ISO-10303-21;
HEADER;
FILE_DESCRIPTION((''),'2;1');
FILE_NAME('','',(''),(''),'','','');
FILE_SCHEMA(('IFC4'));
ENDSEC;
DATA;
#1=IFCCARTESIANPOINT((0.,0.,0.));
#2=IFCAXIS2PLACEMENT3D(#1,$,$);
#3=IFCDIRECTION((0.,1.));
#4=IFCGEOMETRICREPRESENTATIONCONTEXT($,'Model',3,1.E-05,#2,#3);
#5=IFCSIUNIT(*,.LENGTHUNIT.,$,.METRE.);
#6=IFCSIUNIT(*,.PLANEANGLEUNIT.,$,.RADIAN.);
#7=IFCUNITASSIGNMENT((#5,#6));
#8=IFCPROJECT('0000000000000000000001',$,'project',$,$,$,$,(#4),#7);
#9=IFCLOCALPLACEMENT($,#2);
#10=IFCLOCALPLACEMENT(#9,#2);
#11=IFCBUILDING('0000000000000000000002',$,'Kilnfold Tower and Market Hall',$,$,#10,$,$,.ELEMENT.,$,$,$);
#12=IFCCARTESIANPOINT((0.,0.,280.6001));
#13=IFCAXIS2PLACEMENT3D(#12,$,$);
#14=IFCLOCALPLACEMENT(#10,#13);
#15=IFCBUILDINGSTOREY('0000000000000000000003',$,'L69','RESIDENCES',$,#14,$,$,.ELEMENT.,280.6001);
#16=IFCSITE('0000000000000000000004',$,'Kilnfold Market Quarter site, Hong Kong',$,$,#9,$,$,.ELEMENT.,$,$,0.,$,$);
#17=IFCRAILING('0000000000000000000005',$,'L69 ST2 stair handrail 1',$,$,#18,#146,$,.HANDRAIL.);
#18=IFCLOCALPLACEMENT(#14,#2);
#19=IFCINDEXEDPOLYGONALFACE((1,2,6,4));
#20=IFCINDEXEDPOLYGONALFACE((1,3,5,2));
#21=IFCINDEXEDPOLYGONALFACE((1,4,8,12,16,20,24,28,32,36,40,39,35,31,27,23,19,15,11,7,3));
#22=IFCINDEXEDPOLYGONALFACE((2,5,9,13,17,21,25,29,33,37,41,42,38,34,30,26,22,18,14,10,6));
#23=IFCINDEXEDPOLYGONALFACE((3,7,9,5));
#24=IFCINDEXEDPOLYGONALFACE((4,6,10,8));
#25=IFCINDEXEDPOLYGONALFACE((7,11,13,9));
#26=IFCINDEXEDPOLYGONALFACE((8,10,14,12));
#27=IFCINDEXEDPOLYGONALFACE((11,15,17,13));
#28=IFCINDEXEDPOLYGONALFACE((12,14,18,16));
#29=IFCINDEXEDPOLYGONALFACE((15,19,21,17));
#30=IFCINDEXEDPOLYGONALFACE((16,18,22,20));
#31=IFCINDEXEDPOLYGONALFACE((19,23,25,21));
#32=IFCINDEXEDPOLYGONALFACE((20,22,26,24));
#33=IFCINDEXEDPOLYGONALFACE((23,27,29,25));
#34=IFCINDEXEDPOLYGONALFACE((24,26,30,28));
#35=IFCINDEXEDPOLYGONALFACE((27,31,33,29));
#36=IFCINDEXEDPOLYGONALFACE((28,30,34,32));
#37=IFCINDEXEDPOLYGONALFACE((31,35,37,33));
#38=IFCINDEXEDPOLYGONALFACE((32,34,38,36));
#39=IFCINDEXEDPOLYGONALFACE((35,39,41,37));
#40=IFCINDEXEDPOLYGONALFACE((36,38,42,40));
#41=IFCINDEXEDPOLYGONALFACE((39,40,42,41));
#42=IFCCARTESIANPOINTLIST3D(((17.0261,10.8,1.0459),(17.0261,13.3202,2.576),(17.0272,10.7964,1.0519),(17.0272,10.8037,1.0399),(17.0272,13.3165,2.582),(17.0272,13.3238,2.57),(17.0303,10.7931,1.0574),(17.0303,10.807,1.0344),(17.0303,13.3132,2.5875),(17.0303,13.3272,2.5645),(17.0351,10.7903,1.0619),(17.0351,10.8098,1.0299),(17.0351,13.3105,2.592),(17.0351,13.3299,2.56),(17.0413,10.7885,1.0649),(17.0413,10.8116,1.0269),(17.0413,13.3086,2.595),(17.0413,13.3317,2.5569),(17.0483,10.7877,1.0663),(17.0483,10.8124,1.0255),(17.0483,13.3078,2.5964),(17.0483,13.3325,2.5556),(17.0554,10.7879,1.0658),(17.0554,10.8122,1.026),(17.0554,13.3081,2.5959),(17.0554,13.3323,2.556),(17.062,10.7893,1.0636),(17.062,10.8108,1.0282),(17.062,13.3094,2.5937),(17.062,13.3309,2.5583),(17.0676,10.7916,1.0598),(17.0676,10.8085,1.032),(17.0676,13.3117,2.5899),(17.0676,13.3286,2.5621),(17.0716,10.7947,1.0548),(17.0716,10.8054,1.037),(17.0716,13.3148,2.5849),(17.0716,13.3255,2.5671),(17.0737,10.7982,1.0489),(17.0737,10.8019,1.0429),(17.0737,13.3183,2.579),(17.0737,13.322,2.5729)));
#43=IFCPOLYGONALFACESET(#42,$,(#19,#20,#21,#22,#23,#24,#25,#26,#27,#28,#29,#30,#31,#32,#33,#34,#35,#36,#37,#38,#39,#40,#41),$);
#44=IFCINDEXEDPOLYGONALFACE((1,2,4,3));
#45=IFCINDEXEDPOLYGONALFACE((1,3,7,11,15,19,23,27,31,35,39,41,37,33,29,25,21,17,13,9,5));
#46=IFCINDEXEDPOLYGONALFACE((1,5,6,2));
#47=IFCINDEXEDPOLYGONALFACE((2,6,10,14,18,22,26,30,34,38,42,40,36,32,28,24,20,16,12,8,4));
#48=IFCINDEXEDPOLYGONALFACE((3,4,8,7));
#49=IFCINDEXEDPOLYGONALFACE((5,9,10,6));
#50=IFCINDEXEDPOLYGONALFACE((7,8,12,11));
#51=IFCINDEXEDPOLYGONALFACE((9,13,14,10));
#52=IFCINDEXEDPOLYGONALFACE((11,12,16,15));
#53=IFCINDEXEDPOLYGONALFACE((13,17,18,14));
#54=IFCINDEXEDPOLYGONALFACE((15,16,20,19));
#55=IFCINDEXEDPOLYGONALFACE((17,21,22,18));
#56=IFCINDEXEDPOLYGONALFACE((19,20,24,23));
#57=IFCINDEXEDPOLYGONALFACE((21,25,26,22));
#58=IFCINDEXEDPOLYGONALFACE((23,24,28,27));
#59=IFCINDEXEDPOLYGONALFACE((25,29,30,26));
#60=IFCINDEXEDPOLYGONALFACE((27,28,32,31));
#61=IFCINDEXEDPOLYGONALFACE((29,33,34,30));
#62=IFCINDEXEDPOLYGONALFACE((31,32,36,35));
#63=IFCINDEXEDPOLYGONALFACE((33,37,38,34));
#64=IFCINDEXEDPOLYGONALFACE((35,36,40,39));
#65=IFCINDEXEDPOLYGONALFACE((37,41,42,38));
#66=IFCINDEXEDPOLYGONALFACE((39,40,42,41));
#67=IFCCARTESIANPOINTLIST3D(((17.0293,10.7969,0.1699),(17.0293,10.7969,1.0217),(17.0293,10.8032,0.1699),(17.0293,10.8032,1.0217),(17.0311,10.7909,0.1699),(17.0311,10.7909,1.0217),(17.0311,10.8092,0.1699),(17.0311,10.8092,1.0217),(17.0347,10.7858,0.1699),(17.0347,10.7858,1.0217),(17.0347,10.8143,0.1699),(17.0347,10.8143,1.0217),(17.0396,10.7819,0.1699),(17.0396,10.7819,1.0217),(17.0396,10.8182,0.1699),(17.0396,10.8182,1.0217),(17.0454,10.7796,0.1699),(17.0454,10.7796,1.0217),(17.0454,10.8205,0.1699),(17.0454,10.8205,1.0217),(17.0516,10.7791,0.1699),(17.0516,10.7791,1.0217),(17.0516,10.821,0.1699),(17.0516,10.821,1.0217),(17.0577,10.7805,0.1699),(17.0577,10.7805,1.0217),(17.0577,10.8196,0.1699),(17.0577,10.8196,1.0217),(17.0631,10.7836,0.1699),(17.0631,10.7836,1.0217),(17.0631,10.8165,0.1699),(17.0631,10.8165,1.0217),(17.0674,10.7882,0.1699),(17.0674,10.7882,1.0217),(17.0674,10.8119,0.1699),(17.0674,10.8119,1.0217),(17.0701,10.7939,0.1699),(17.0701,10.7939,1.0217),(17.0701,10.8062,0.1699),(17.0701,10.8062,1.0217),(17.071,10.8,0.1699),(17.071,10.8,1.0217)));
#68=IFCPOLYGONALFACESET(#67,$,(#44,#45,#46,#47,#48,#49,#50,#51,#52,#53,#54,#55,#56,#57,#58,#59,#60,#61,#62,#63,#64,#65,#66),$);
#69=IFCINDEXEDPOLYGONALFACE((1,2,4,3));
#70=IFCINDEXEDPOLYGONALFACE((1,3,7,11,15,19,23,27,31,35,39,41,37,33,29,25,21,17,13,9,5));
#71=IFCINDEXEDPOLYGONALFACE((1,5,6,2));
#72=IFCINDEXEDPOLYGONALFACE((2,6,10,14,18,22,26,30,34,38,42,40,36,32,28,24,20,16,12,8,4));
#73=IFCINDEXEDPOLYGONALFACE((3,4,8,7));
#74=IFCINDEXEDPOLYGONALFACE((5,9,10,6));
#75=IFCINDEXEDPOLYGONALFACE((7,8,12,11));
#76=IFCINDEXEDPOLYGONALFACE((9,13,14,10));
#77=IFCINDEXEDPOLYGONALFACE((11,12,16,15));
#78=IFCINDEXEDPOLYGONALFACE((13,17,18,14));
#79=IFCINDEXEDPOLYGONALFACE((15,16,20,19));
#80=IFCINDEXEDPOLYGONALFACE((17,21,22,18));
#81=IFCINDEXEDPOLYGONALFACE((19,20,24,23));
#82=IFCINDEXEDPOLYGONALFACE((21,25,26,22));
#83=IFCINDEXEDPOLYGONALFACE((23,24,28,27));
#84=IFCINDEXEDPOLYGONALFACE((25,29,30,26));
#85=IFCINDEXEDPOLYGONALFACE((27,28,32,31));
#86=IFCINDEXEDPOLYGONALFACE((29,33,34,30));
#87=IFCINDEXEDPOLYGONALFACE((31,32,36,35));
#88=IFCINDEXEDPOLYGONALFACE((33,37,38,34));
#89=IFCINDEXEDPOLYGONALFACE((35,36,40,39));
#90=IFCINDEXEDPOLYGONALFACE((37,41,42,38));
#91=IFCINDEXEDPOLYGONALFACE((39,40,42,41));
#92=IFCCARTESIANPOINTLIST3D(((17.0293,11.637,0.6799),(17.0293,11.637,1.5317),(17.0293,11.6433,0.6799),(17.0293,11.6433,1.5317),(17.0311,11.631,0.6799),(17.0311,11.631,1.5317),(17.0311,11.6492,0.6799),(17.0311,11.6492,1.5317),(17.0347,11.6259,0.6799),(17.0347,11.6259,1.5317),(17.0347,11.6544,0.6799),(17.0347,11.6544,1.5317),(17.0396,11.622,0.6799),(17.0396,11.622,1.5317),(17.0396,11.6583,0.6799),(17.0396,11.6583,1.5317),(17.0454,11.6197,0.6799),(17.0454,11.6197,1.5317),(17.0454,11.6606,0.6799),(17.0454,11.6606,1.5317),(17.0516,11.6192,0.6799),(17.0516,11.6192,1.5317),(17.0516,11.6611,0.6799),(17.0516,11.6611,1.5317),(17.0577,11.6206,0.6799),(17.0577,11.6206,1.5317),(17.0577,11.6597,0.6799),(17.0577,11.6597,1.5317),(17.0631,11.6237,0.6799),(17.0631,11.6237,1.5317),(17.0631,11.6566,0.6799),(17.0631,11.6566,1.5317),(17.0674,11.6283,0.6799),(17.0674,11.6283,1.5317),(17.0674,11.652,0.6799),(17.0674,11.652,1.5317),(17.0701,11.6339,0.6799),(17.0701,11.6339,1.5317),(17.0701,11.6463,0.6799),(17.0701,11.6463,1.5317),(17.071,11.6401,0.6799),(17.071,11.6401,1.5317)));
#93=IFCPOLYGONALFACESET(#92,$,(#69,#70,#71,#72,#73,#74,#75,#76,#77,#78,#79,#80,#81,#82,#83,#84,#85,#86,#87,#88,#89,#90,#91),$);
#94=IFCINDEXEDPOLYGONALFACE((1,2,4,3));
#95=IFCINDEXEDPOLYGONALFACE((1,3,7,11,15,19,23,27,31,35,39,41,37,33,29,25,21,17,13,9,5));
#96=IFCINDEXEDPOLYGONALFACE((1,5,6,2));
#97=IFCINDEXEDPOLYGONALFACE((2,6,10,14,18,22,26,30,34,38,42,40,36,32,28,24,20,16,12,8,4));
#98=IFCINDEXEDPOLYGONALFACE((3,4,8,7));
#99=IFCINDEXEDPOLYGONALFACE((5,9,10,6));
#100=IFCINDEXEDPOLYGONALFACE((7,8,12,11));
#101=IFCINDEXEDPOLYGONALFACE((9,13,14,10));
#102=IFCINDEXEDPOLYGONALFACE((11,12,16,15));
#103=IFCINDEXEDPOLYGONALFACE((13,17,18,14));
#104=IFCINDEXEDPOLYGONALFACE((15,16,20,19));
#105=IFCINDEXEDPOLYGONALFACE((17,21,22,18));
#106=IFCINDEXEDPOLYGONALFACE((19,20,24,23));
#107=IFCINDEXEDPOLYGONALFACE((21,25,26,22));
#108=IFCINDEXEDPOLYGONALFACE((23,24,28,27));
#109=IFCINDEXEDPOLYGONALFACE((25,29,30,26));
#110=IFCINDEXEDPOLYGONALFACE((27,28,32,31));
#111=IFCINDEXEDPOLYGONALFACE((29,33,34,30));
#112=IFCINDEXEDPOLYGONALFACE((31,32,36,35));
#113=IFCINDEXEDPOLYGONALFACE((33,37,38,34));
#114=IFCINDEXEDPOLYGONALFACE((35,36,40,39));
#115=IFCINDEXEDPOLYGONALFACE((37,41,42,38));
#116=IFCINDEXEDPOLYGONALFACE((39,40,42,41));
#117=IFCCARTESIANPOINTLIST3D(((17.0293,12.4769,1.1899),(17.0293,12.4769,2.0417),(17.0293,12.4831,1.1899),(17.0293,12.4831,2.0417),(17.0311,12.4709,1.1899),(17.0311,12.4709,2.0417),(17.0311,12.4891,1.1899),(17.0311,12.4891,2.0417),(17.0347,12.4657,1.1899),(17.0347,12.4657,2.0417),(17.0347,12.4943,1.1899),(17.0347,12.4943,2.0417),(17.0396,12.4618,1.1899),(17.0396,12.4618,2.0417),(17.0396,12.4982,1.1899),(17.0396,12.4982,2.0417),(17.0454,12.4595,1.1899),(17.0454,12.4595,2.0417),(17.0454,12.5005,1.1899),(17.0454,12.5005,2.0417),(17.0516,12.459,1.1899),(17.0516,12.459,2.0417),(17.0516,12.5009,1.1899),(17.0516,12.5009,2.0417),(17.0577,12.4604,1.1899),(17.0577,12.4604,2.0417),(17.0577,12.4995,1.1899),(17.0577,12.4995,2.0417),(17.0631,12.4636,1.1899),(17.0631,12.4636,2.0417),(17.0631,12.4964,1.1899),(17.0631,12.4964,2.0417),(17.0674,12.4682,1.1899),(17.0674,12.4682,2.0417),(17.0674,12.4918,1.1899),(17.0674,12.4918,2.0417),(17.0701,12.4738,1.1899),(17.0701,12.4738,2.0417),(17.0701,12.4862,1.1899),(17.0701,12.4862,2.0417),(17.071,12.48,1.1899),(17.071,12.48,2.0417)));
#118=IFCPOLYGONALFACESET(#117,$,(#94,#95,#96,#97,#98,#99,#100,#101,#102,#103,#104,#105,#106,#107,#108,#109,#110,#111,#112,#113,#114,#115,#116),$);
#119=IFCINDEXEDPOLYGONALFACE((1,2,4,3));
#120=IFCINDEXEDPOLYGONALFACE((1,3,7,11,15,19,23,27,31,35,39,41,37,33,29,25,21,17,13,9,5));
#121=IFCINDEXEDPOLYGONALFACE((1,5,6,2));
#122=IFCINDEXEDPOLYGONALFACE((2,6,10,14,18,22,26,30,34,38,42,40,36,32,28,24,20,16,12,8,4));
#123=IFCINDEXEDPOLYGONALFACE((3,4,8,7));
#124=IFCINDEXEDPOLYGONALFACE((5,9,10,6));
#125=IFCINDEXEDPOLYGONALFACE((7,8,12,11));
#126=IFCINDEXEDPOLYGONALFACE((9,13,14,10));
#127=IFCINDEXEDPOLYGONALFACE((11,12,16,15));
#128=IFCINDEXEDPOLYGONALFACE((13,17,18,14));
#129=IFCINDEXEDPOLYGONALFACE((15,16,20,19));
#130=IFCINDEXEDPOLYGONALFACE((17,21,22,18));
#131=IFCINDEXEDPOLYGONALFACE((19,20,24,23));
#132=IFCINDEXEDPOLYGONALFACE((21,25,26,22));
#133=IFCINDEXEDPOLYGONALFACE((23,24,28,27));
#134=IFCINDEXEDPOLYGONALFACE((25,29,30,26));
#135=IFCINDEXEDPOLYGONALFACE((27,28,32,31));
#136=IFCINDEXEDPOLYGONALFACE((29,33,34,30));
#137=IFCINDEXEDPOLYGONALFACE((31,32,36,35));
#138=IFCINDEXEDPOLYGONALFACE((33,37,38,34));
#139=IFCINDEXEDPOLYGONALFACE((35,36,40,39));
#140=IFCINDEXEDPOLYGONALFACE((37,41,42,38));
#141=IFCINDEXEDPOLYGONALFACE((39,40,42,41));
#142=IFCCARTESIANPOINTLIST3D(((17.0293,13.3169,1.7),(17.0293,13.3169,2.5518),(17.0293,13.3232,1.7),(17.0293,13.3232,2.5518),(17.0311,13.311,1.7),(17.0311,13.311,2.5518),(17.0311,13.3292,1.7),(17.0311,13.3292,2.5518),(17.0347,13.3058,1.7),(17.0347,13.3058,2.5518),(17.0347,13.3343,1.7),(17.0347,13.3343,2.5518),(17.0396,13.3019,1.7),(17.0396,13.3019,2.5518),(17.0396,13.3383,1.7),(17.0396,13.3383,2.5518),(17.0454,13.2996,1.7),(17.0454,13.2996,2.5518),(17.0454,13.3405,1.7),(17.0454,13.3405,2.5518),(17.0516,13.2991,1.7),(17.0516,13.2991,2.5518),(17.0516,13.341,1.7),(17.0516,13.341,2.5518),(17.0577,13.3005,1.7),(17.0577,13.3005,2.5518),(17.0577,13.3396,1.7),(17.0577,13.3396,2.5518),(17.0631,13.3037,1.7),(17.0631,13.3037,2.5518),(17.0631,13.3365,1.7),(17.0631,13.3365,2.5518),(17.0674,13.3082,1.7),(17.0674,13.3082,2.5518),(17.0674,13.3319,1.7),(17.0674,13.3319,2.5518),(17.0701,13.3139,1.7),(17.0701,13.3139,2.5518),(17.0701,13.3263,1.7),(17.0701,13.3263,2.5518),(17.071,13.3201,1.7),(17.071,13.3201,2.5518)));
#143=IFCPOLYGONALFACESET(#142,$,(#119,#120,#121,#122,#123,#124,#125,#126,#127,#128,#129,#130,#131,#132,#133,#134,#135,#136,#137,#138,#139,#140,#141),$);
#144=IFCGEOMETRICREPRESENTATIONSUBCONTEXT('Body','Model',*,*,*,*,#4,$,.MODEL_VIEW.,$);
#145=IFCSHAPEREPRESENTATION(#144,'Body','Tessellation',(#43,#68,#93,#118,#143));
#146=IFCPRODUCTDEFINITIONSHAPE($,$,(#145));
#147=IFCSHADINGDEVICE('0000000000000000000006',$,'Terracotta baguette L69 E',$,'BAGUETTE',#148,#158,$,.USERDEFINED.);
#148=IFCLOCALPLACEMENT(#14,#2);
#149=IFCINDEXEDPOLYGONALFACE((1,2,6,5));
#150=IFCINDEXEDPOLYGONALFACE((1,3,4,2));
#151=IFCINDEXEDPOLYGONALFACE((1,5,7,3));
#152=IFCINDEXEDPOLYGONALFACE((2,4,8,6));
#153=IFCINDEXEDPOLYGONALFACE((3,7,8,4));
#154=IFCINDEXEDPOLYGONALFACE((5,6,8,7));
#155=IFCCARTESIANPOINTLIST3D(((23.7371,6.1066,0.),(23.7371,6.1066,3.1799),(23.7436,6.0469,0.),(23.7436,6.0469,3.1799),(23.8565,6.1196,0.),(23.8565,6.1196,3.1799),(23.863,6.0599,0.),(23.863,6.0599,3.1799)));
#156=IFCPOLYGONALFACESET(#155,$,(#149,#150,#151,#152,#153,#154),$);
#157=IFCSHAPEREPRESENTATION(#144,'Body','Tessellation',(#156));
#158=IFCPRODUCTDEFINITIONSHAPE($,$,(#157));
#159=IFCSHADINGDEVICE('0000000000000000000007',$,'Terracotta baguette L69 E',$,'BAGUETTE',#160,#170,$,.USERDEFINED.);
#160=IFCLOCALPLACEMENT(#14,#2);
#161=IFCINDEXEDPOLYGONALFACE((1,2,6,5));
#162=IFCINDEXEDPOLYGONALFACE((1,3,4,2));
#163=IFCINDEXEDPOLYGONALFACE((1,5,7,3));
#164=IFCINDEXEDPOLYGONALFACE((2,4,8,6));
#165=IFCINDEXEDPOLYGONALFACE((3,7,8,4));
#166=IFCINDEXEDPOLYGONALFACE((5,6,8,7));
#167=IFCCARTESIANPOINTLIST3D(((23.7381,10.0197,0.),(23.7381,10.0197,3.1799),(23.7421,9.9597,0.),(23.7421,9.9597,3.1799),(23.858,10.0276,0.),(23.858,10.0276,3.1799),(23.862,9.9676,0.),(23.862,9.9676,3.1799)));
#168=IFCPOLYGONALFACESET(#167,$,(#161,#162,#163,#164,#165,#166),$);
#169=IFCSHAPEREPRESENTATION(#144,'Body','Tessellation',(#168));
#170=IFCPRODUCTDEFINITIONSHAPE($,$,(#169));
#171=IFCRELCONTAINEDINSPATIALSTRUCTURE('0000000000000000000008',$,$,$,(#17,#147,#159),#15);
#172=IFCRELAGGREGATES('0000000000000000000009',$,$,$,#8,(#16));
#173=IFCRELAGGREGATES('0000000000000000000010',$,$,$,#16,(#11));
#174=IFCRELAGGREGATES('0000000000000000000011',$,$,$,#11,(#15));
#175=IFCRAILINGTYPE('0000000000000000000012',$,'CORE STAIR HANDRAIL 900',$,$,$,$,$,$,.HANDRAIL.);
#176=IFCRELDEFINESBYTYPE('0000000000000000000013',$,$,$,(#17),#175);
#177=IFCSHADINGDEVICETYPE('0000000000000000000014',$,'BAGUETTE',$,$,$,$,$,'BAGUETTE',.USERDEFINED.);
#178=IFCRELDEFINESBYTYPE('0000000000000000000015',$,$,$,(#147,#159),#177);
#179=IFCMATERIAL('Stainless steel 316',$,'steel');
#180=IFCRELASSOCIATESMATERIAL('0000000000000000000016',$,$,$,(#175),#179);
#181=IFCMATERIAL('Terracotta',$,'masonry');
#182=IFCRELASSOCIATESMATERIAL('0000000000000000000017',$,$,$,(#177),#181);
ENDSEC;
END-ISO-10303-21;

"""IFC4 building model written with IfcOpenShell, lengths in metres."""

from ifc_helpers import new_model, si_unit, direction, frame, origin, origin_2d, place, context, subcontext, project, spatial, rectangle, circle, extrude, source, transform, mapped, material, material_profile, profile_set, type_object, element, save


model = new_model("IFC4")

# Units and contexts
model_context = context("Model", 3, precision=1e-05, world=origin(), true_north=direction((0.0, 1.0)))
body_context = subcontext(model_context, "Body", "Model", "MODEL_VIEW")
ifc_project = project(units=[si_unit("LENGTHUNIT", "METRE"), si_unit("PLANEANGLEUNIT", "RADIAN")], contexts=[model_context])

# Site, building, storey
site_placement = place(None, origin())
site = spatial("IfcSite", under=ifc_project, at=site_placement, Name="Kilnfold Market Quarter site, Hong Kong", CompositionType="ELEMENT", RefElevation=0.0)
building_placement = place(site_placement, origin())
building = spatial("IfcBuilding", under=site, at=building_placement, Name="Kilnfold Tower and Market Hall", CompositionType="ELEMENT")
storey_placement = place(building_placement, frame((0.0, 0.0, 280.6001)))
storey = spatial("IfcBuildingStorey", under=building, at=storey_placement, Name="L69", Description="RESIDENCES", CompositionType="ELEMENT", Elevation=280.6001)

# Railing
ifc_material_1 = material(Name="Stainless steel 316", Category="steel")
railing_type_1 = type_object("IfcRailingType", Name="CORE STAIR HANDRAIL 900", PredefinedType="HANDRAIL", material=ifc_material_1)
railing_1_placement = place(storey_placement, frame((17.05, 10.8, 0.1699)))
element("IfcRailing", 1, at=railing_1_placement, inside=storey, type_object=railing_type_1, Name="L69 ST2 stair handrail 1", PredefinedType="HANDRAIL", context=body_context, shape_type="SweptSolid", body=[
    extrude(circle(Radius=0.0239, at=origin_2d()), frame((0.0, 0.0, 0.876), z_axis=(0.0, 0.854785, 0.518982), x_axis=(-1.0, 0.0, 0.0)), (0.0, 0.0, 1.0), 2.9482),
    extrude(circle(Radius=0.021, at=origin_2d()), origin(), (0.0, 0.0, 1.0), 0.8518),
    extrude(circle(Radius=0.021, at=origin_2d()), frame((0.0, 0.8401, 0.51)), (0.0, 0.0, 1.0), 0.8518),
    extrude(circle(Radius=0.021, at=origin_2d()), frame((0.0, 1.6799, 1.02)), (0.0, 0.0, 1.0), 0.8518),
    extrude(circle(Radius=0.021, at=origin_2d()), frame((0.0, 2.52, 1.53)), (0.0, 0.0, 1.0), 0.8518),
])

# Shading devices
ifc_material_2 = material(Name="Terracotta", Category="masonry")
ifc_material_profile_1 = material_profile(ifc_material_2, rectangle(XDim=0.0601, YDim=0.1201, at=origin_2d()), Name="BAG 60x120")
ifc_profile_set_1 = profile_set([ifc_material_profile_1], Name="Terracotta")
shading_device_type = type_object("IfcShadingDeviceType", Name="BAGUETTE", ElementType="BAGUETTE", PredefinedType="USERDEFINED", material=ifc_profile_set_1)
shared_shape_1 = source(origin(), body_context, "Body", "SweptSolid", [
    extrude(rectangle(XDim=0.0601, YDim=0.1201, at=origin_2d()), origin(), (0.0, 0.0, 1.0), 3.1799),
])
for number, where, z_axis, x_axis, name in (
    (2, (23.8, 6.0833, 0.0), (0.0, 0.0, 1.0), (-0.108754, 0.994069, 0.0), "Terracotta baguette L69 E"),
    (3, (23.8, 9.9937, 0.0), (0.0, 0.0, 1.0), (-0.065814, 0.997832, 0.0), "Terracotta baguette L69 E"),
):
    element("IfcShadingDevice", number, at=place(storey_placement, frame(where, z_axis=z_axis, x_axis=x_axis)), inside=storey, type_object=shading_device_type, Name=name, ObjectType="BAGUETTE", PredefinedType="USERDEFINED", context=body_context, shape_type="MappedRepresentation", body=[
        mapped(shared_shape_1, transform((0.0, 0.0, 0.0))),
    ])

save(model, "model.ifc")
